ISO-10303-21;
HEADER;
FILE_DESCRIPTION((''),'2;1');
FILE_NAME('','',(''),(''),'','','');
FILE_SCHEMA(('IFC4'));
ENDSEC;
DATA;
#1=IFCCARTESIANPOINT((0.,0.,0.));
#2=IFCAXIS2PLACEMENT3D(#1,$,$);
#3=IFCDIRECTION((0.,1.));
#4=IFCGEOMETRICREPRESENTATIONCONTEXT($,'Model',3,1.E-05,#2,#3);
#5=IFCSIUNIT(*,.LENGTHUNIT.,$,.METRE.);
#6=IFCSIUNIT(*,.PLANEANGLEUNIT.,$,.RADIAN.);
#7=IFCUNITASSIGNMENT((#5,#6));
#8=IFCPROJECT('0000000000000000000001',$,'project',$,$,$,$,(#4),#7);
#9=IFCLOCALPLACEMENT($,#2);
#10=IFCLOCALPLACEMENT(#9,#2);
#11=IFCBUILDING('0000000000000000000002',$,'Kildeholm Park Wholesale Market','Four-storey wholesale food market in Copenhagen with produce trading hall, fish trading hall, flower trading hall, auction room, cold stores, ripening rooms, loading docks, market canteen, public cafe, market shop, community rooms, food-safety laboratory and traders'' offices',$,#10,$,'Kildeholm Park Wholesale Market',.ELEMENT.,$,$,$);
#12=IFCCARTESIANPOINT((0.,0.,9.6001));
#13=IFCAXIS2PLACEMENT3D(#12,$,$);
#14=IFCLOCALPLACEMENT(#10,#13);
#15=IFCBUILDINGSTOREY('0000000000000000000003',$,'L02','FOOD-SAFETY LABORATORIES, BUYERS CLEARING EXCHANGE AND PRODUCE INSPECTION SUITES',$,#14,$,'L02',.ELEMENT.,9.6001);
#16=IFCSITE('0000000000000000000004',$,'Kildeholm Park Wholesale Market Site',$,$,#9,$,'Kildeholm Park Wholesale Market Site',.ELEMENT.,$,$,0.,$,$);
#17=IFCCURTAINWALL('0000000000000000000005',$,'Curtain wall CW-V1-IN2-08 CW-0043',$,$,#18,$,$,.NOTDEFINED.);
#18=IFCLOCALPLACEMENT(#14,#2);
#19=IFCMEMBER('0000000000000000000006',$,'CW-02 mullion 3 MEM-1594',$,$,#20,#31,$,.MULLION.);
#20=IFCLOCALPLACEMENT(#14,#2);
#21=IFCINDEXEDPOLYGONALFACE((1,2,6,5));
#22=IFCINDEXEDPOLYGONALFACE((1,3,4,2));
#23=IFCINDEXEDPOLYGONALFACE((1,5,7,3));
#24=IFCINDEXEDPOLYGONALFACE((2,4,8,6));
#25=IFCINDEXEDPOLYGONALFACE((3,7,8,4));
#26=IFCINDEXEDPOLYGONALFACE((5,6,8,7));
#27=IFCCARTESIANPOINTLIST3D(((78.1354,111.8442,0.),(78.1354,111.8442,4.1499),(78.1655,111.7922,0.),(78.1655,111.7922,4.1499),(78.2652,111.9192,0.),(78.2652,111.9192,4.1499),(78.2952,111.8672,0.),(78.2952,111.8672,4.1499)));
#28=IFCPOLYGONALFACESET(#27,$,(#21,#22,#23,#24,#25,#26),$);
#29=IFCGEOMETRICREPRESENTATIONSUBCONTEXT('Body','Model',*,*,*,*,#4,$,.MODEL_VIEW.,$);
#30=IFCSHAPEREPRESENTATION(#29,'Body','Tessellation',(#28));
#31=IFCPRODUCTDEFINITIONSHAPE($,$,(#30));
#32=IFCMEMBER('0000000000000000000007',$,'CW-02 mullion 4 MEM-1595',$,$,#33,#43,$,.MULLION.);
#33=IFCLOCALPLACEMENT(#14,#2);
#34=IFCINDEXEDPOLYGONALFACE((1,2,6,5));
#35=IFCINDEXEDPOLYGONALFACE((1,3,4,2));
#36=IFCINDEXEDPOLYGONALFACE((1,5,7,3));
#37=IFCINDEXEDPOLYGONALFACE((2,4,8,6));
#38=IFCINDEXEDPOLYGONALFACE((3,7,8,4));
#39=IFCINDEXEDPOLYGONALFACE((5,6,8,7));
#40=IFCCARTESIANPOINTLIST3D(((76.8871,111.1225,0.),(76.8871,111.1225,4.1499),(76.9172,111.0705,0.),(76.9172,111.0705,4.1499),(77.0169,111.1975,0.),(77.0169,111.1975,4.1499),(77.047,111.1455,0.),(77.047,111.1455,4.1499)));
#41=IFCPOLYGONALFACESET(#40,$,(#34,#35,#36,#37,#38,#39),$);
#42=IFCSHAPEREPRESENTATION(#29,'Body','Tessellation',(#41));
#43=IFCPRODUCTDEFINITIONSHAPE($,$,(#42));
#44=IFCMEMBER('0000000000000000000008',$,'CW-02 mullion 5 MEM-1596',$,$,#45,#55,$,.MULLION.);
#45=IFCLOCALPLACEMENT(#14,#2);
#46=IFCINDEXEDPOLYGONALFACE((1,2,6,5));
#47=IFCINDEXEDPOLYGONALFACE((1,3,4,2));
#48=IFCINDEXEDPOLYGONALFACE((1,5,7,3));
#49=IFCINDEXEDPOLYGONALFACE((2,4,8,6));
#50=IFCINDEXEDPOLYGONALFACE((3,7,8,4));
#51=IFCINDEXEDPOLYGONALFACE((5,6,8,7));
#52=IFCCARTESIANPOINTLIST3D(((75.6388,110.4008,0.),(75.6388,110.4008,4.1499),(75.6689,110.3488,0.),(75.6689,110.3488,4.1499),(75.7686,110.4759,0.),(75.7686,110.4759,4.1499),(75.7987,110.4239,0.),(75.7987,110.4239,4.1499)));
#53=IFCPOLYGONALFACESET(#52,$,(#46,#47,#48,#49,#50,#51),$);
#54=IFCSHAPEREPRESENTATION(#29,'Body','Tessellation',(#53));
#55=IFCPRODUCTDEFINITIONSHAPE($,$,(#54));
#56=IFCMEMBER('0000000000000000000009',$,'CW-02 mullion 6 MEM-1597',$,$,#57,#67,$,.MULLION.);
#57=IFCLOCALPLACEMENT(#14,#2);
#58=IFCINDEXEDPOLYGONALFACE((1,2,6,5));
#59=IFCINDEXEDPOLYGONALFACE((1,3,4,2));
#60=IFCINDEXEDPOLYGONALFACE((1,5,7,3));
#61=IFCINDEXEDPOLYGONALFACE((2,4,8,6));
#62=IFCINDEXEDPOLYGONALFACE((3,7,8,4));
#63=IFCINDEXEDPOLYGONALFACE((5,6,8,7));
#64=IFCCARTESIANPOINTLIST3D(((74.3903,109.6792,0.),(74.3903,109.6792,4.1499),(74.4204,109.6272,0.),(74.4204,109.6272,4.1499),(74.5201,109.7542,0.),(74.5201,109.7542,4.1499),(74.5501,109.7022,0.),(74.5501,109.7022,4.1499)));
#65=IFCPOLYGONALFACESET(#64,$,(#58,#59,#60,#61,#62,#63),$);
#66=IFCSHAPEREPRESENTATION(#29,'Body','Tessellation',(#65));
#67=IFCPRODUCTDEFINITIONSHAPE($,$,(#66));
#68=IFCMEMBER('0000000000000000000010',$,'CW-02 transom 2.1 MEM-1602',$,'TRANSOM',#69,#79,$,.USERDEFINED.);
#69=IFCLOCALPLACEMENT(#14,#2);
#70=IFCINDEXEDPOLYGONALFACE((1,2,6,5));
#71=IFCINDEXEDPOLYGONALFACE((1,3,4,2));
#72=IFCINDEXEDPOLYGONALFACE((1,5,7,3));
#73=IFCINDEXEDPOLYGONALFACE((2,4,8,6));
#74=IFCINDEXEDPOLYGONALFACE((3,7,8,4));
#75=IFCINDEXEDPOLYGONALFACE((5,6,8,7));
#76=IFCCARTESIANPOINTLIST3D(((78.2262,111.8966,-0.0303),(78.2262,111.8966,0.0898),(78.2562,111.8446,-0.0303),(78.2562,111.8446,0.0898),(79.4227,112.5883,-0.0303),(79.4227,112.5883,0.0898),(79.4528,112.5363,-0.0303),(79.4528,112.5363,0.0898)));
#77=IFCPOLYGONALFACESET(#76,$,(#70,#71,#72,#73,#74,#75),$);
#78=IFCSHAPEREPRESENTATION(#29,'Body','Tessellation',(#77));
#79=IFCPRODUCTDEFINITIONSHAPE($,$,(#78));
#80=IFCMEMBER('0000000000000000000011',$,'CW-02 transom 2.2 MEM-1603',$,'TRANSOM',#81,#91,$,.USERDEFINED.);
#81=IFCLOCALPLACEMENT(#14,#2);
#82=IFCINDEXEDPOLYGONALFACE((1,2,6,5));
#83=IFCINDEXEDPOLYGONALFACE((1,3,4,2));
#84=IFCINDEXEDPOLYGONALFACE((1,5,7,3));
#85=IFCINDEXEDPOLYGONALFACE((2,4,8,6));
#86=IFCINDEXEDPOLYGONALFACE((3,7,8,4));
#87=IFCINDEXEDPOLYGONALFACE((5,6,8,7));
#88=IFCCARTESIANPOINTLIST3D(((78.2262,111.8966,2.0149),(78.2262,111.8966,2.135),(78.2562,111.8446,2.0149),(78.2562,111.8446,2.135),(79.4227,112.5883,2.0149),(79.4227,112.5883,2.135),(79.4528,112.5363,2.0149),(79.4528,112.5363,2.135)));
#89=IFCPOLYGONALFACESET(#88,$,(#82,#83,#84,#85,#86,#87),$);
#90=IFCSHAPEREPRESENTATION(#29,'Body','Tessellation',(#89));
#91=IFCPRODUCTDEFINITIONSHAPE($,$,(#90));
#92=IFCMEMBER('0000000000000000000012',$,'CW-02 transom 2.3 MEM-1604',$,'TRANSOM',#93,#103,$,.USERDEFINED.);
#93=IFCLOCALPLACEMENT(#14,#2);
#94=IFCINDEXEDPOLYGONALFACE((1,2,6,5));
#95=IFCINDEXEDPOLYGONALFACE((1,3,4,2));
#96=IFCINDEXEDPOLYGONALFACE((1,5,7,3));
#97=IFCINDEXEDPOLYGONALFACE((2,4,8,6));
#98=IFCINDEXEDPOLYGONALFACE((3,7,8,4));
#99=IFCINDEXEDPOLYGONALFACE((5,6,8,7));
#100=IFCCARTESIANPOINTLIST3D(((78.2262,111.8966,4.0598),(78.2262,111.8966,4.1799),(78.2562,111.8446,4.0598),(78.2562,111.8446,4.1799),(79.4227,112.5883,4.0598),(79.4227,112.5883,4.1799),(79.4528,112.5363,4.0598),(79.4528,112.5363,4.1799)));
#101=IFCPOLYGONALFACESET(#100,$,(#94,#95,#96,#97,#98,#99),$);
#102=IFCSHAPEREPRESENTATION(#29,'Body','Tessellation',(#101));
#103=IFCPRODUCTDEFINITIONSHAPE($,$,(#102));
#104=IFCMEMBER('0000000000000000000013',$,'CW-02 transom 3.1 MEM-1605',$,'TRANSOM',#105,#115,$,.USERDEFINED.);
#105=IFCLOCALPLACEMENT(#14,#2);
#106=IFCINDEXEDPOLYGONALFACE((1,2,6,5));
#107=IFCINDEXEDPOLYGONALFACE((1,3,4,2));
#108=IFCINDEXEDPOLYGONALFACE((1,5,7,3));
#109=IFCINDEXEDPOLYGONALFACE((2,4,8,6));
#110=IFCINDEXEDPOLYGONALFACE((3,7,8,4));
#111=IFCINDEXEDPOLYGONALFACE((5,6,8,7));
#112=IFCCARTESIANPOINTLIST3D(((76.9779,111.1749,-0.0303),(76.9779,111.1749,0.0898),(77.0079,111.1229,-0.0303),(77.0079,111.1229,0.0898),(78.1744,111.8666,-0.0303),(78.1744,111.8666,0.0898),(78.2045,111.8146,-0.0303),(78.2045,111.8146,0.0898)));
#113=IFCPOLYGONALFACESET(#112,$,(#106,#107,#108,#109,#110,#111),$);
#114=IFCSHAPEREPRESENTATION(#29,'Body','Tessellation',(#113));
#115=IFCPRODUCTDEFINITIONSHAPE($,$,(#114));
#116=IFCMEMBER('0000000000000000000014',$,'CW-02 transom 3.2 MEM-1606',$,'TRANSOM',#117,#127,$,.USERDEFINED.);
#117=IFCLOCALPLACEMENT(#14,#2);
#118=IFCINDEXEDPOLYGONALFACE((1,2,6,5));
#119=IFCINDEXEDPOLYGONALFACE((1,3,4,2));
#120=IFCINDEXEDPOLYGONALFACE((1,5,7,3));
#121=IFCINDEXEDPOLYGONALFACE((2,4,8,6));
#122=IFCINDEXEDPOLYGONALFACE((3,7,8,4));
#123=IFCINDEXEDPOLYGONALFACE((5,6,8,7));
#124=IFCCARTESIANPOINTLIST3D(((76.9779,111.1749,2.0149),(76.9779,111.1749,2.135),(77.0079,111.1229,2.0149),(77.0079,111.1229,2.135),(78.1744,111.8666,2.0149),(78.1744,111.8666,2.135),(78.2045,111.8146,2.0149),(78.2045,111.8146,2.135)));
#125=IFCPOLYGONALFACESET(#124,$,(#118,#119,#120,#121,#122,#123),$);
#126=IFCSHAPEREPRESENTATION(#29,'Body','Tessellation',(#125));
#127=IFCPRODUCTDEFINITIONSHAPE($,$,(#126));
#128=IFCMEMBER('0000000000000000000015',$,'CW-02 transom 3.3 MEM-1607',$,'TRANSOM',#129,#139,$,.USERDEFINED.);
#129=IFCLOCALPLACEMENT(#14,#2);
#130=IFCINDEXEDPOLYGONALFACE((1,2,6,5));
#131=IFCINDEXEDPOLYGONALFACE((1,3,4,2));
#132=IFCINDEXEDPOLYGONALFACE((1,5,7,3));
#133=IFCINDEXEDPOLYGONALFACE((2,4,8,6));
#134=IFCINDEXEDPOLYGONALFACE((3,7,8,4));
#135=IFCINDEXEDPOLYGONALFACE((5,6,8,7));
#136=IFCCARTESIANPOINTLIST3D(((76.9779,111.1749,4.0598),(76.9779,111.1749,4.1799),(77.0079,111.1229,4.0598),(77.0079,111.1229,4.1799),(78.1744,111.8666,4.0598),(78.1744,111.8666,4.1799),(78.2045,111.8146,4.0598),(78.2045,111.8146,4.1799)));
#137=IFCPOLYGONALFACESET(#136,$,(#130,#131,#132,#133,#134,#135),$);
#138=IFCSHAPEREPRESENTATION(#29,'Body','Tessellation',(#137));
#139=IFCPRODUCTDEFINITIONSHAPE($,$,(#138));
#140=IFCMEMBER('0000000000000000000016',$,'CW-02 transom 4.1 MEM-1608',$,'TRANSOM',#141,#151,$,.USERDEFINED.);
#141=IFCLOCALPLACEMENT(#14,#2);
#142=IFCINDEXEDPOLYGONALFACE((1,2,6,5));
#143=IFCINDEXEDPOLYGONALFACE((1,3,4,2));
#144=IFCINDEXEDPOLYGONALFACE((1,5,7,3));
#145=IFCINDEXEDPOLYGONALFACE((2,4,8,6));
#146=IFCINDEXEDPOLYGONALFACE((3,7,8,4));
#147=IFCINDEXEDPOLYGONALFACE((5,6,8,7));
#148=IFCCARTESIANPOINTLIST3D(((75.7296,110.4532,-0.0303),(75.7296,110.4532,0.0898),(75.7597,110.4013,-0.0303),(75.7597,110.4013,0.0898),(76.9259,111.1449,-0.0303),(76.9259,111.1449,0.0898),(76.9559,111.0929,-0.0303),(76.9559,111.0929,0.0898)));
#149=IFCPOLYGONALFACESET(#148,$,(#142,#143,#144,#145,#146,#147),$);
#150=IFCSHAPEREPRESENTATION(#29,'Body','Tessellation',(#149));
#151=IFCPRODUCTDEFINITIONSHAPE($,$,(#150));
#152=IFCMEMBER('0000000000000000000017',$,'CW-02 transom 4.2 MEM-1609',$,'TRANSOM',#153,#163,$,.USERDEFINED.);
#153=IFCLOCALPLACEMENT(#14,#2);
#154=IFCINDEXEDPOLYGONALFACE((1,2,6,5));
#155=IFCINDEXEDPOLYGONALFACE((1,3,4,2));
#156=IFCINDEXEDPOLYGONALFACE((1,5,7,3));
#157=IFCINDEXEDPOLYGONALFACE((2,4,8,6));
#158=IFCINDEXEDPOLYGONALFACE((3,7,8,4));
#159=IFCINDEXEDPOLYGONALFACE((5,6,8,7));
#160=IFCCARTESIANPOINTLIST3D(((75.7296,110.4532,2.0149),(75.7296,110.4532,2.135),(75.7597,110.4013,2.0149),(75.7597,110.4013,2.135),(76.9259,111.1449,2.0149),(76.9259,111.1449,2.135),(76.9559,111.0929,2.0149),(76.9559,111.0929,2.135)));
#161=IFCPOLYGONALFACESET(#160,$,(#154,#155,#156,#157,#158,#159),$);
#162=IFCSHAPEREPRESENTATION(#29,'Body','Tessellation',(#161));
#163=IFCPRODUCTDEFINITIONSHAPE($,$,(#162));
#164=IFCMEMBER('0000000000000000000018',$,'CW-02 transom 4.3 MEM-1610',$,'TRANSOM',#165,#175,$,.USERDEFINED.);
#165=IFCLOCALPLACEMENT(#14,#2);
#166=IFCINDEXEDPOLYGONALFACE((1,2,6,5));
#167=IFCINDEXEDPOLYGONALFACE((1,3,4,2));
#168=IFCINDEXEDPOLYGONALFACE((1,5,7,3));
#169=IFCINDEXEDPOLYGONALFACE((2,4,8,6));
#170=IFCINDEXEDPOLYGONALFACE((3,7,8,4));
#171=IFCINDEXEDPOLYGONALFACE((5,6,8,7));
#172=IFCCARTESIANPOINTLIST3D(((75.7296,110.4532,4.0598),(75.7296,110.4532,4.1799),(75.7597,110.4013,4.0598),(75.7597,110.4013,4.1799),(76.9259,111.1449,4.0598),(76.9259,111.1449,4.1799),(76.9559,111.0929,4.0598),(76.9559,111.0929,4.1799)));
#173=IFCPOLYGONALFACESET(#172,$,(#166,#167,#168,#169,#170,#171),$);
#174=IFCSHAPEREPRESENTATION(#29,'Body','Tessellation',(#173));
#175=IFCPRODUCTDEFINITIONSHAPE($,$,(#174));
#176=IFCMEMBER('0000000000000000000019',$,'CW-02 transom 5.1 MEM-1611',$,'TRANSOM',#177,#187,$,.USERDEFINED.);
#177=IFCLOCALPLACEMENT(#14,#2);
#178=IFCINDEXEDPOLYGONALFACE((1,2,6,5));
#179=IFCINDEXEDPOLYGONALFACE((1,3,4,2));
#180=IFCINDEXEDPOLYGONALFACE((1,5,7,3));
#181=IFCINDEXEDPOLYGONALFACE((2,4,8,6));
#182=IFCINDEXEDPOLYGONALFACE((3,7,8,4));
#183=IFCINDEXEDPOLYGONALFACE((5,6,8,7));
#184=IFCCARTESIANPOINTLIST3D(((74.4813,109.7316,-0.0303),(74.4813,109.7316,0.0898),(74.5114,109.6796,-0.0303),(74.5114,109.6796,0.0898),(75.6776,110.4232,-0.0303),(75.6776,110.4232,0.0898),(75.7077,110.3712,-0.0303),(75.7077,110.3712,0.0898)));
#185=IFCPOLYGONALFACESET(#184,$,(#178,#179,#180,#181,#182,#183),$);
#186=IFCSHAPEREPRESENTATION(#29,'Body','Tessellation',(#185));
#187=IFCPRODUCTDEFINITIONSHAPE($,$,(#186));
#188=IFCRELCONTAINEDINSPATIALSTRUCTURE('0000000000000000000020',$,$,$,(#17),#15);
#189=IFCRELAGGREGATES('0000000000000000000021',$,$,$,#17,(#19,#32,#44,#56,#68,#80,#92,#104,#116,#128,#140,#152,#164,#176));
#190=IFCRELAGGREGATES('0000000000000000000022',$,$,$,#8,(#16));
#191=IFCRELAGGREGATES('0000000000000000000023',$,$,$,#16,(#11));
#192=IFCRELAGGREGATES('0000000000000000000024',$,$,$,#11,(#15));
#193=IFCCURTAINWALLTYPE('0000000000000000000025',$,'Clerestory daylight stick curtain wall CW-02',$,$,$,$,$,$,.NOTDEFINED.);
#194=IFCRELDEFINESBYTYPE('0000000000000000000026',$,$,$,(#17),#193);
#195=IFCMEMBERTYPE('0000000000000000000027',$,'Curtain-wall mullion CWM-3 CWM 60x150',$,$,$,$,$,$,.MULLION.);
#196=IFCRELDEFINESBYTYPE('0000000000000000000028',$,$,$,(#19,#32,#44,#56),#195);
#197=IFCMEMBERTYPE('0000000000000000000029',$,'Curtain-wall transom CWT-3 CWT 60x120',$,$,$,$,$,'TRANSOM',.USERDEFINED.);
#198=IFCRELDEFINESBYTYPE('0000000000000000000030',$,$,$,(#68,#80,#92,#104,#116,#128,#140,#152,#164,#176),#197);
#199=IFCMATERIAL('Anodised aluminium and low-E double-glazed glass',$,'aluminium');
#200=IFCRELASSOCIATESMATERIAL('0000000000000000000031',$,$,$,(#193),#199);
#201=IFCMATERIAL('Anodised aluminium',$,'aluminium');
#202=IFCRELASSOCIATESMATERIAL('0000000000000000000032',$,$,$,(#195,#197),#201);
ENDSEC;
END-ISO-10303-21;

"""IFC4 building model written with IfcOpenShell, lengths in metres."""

from ifc_helpers import new_model, si_unit, direction, frame, origin, origin_2d, place, context, subcontext, project, spatial, rectangle, extrude, material, material_profile, profile_set, type_object, element, aggregate, save


model = new_model("IFC4")

# Units and contexts
model_context = context("Model", 3, precision=1e-05, world=origin(), true_north=direction((0.0, 1.0)))
body_context = subcontext(model_context, "Body", "Model", "MODEL_VIEW")
ifc_project = project(units=[si_unit("LENGTHUNIT", "METRE"), si_unit("PLANEANGLEUNIT", "RADIAN")], contexts=[model_context])

# Site, building, storey
site_placement = place(None, origin())
site = spatial("IfcSite", under=ifc_project, at=site_placement, Name="Kildeholm Park Wholesale Market Site", LongName="Kildeholm Park Wholesale Market Site", CompositionType="ELEMENT", RefElevation=0.0)
building_placement = place(site_placement, origin())
building = spatial("IfcBuilding", under=site, at=building_placement, Name="Kildeholm Park Wholesale Market", Description="Four-storey wholesale food market in Copenhagen with produce trading hall, fish trading hall, flower trading hall, auction room, cold stores, ripening rooms, loading docks, market canteen, public cafe, market shop, community rooms, food-safety laboratory and traders' offices", LongName="Kildeholm Park Wholesale Market", CompositionType="ELEMENT")
storey_placement = place(building_placement, frame((0.0, 0.0, 9.6001)))
storey = spatial("IfcBuildingStorey", under=building, at=storey_placement, Name="L02", Description="FOOD-SAFETY LABORATORIES, BUYERS CLEARING EXCHANGE AND PRODUCE INSPECTION SUITES", LongName="L02", CompositionType="ELEMENT", Elevation=9.6001)

# Curtain wall, members
ifc_material_1 = material(Name="Anodised aluminium and low-E double-glazed glass", Category="aluminium")
curtain_wall_type = type_object("IfcCurtainWallType", Name="Clerestory daylight stick curtain wall CW-02", PredefinedType="NOTDEFINED", material=ifc_material_1)
curtain_wall_placement = place(storey_placement, origin())
curtain_wall = element("IfcCurtainWall", 1, at=curtain_wall_placement, inside=storey, type_object=curtain_wall_type, Name="Curtain wall CW-V1-IN2-08 CW-0043", PredefinedType="NOTDEFINED")
ifc_material_2 = material(Name="Anodised aluminium", Category="aluminium")
ifc_material_profile_1 = material_profile(ifc_material_2, rectangle(XDim=0.0601, YDim=0.1499, at=origin_2d()), Name="CWM 60x150")
ifc_profile_set_1 = profile_set([ifc_material_profile_1], Name="Anodised aluminium")
member_type_1 = type_object("IfcMemberType", Name="Curtain-wall mullion CWM-3 CWM 60x150", PredefinedType="MULLION", material=ifc_profile_set_1)
member_1_placement = place(storey_placement, frame((78.2153, 111.8557, 0.0), z_axis=(0.0, 0.0, 1.0), x_axis=(0.500489, -0.865743, 0.0)))
member_1 = element("IfcMember", 2, at=member_1_placement, type_object=member_type_1, Name="CW-02 mullion 3 MEM-1594", PredefinedType="MULLION", context=body_context, shape_type="SweptSolid", body=[
    extrude(rectangle(XDim=0.0601, YDim=0.1499, at=origin_2d()), origin(), (0.0, 0.0, 1.0), 4.1499),
])
member_2_placement = place(storey_placement, frame((76.967, 111.134, 0.0), z_axis=(0.0, 0.0, 1.0), x_axis=(0.500489, -0.865743, 0.0)))
member_2 = element("IfcMember", 3, at=member_2_placement, type_object=member_type_1, Name="CW-02 mullion 4 MEM-1595", PredefinedType="MULLION", context=body_context, shape_type="SweptSolid", body=[
    extrude(rectangle(XDim=0.0601, YDim=0.1499, at=origin_2d()), origin(), (0.0, 0.0, 1.0), 4.1499),
])
member_3_placement = place(storey_placement, frame((75.7188, 110.4124, 0.0), z_axis=(0.0, 0.0, 1.0), x_axis=(0.500489, -0.865743, 0.0)))
member_3 = element("IfcMember", 4, at=member_3_placement, type_object=member_type_1, Name="CW-02 mullion 5 MEM-1596", PredefinedType="MULLION", context=body_context, shape_type="SweptSolid", body=[
    extrude(rectangle(XDim=0.0601, YDim=0.1499, at=origin_2d()), origin(), (0.0, 0.0, 1.0), 4.1499),
])
member_4_placement = place(storey_placement, frame((74.4702, 109.6907, 0.0), z_axis=(0.0, 0.0, 1.0), x_axis=(0.500489, -0.865743, 0.0)))
member_4 = element("IfcMember", 5, at=member_4_placement, type_object=member_type_1, Name="CW-02 mullion 6 MEM-1597", PredefinedType="MULLION", context=body_context, shape_type="SweptSolid", body=[
    extrude(rectangle(XDim=0.0601, YDim=0.1499, at=origin_2d()), origin(), (0.0, 0.0, 1.0), 4.1499),
])
ifc_material_profile_2 = material_profile(ifc_material_2, rectangle(XDim=0.0601, YDim=0.1201, at=origin_2d()), Name="CWT 60x120")
ifc_profile_set_2 = profile_set([ifc_material_profile_2], Name="Anodised aluminium")
member_type_2 = type_object("IfcMemberType", Name="Curtain-wall transom CWT-3 CWT 60x120", ElementType="TRANSOM", PredefinedType="USERDEFINED", material=ifc_profile_set_2)
member_5_placement = place(storey_placement, frame((79.4377, 112.5623, 0.0298), z_axis=(-0.865765, -0.500451, 0.0), x_axis=(0.500451, -0.865765, 0.0)))
member_5 = element("IfcMember", 6, at=member_5_placement, type_object=member_type_2, Name="CW-02 transom 2.1 MEM-1602", ObjectType="TRANSOM", PredefinedType="USERDEFINED", context=body_context, shape_type="SweptSolid", body=[
    extrude(rectangle(XDim=0.0601, YDim=0.1201, at=origin_2d()), origin(), (0.0, 0.0, 1.0), 1.3821),
])
member_6_placement = place(storey_placement, frame((79.4377, 112.5623, 2.075), z_axis=(-0.865765, -0.500451, 0.0), x_axis=(0.500451, -0.865765, 0.0)))
member_6 = element("IfcMember", 7, at=member_6_placement, type_object=member_type_2, Name="CW-02 transom 2.2 MEM-1603", ObjectType="TRANSOM", PredefinedType="USERDEFINED", context=body_context, shape_type="SweptSolid", body=[
    extrude(rectangle(XDim=0.0601, YDim=0.1201, at=origin_2d()), origin(), (0.0, 0.0, 1.0), 1.3821),
])
member_7_placement = place(storey_placement, frame((79.4377, 112.5623, 4.1199), z_axis=(-0.865765, -0.500451, 0.0), x_axis=(0.500451, -0.865765, 0.0)))
member_7 = element("IfcMember", 8, at=member_7_placement, type_object=member_type_2, Name="CW-02 transom 2.3 MEM-1604", ObjectType="TRANSOM", PredefinedType="USERDEFINED", context=body_context, shape_type="SweptSolid", body=[
    extrude(rectangle(XDim=0.0601, YDim=0.1201, at=origin_2d()), origin(), (0.0, 0.0, 1.0), 1.3821),
])
member_8_placement = place(storey_placement, frame((78.1895, 111.8406, 0.0298), z_axis=(-0.865765, -0.500451, 0.0), x_axis=(0.500451, -0.865765, 0.0)))
member_8 = element("IfcMember", 9, at=member_8_placement, type_object=member_type_2, Name="CW-02 transom 3.1 MEM-1605", ObjectType="TRANSOM", PredefinedType="USERDEFINED", context=body_context, shape_type="SweptSolid", body=[
    extrude(rectangle(XDim=0.0601, YDim=0.1201, at=origin_2d()), origin(), (0.0, 0.0, 1.0), 1.3821),
])
member_9_placement = place(storey_placement, frame((78.1895, 111.8406, 2.075), z_axis=(-0.865765, -0.500451, 0.0), x_axis=(0.500451, -0.865765, 0.0)))
member_9 = element("IfcMember", 10, at=member_9_placement, type_object=member_type_2, Name="CW-02 transom 3.2 MEM-1606", ObjectType="TRANSOM", PredefinedType="USERDEFINED", context=body_context, shape_type="SweptSolid", body=[
    extrude(rectangle(XDim=0.0601, YDim=0.1201, at=origin_2d()), origin(), (0.0, 0.0, 1.0), 1.3821),
])
member_10_placement = place(storey_placement, frame((78.1895, 111.8406, 4.1199), z_axis=(-0.865765, -0.500451, 0.0), x_axis=(0.500451, -0.865765, 0.0)))
member_10 = element("IfcMember", 11, at=member_10_placement, type_object=member_type_2, Name="CW-02 transom 3.3 MEM-1607", ObjectType="TRANSOM", PredefinedType="USERDEFINED", context=body_context, shape_type="SweptSolid", body=[
    extrude(rectangle(XDim=0.0601, YDim=0.1201, at=origin_2d()), origin(), (0.0, 0.0, 1.0), 1.3821),
])
member_11_placement = place(storey_placement, frame((76.9409, 111.1189, 0.0298), z_axis=(-0.86572, -0.500528, 0.0), x_axis=(0.500528, -0.86572, 0.0)))
member_11 = element("IfcMember", 12, at=member_11_placement, type_object=member_type_2, Name="CW-02 transom 4.1 MEM-1608", ObjectType="TRANSOM", PredefinedType="USERDEFINED", context=body_context, shape_type="SweptSolid", body=[
    extrude(rectangle(XDim=0.0601, YDim=0.1201, at=origin_2d()), origin(), (0.0, 0.0, 1.0), 1.3818),
])
member_12_placement = place(storey_placement, frame((76.9409, 111.1189, 2.075), z_axis=(-0.86572, -0.500528, 0.0), x_axis=(0.500528, -0.86572, 0.0)))
member_12 = element("IfcMember", 13, at=member_12_placement, type_object=member_type_2, Name="CW-02 transom 4.2 MEM-1609", ObjectType="TRANSOM", PredefinedType="USERDEFINED", context=body_context, shape_type="SweptSolid", body=[
    extrude(rectangle(XDim=0.0601, YDim=0.1201, at=origin_2d()), origin(), (0.0, 0.0, 1.0), 1.3818),
])
member_13_placement = place(storey_placement, frame((76.9409, 111.1189, 4.1199), z_axis=(-0.86572, -0.500528, 0.0), x_axis=(0.500528, -0.86572, 0.0)))
member_13 = element("IfcMember", 14, at=member_13_placement, type_object=member_type_2, Name="CW-02 transom 4.3 MEM-1610", ObjectType="TRANSOM", PredefinedType="USERDEFINED", context=body_context, shape_type="SweptSolid", body=[
    extrude(rectangle(XDim=0.0601, YDim=0.1201, at=origin_2d()), origin(), (0.0, 0.0, 1.0), 1.3818),
])
member_14_placement = place(storey_placement, frame((75.6926, 110.3972, 0.0298), z_axis=(-0.86572, -0.500528, 0.0), x_axis=(0.500528, -0.86572, 0.0)))
member_14 = element("IfcMember", 15, at=member_14_placement, type_object=member_type_2, Name="CW-02 transom 5.1 MEM-1611", ObjectType="TRANSOM", PredefinedType="USERDEFINED", context=body_context, shape_type="SweptSolid", body=[
    extrude(rectangle(XDim=0.0601, YDim=0.1201, at=origin_2d()), origin(), (0.0, 0.0, 1.0), 1.3818),
])
aggregate(curtain_wall, [member_1, member_2, member_3, member_4, member_5, member_6, member_7, member_8, member_9, member_10, member_11, member_12, member_13, member_14])

save(model, "model.ifc")
